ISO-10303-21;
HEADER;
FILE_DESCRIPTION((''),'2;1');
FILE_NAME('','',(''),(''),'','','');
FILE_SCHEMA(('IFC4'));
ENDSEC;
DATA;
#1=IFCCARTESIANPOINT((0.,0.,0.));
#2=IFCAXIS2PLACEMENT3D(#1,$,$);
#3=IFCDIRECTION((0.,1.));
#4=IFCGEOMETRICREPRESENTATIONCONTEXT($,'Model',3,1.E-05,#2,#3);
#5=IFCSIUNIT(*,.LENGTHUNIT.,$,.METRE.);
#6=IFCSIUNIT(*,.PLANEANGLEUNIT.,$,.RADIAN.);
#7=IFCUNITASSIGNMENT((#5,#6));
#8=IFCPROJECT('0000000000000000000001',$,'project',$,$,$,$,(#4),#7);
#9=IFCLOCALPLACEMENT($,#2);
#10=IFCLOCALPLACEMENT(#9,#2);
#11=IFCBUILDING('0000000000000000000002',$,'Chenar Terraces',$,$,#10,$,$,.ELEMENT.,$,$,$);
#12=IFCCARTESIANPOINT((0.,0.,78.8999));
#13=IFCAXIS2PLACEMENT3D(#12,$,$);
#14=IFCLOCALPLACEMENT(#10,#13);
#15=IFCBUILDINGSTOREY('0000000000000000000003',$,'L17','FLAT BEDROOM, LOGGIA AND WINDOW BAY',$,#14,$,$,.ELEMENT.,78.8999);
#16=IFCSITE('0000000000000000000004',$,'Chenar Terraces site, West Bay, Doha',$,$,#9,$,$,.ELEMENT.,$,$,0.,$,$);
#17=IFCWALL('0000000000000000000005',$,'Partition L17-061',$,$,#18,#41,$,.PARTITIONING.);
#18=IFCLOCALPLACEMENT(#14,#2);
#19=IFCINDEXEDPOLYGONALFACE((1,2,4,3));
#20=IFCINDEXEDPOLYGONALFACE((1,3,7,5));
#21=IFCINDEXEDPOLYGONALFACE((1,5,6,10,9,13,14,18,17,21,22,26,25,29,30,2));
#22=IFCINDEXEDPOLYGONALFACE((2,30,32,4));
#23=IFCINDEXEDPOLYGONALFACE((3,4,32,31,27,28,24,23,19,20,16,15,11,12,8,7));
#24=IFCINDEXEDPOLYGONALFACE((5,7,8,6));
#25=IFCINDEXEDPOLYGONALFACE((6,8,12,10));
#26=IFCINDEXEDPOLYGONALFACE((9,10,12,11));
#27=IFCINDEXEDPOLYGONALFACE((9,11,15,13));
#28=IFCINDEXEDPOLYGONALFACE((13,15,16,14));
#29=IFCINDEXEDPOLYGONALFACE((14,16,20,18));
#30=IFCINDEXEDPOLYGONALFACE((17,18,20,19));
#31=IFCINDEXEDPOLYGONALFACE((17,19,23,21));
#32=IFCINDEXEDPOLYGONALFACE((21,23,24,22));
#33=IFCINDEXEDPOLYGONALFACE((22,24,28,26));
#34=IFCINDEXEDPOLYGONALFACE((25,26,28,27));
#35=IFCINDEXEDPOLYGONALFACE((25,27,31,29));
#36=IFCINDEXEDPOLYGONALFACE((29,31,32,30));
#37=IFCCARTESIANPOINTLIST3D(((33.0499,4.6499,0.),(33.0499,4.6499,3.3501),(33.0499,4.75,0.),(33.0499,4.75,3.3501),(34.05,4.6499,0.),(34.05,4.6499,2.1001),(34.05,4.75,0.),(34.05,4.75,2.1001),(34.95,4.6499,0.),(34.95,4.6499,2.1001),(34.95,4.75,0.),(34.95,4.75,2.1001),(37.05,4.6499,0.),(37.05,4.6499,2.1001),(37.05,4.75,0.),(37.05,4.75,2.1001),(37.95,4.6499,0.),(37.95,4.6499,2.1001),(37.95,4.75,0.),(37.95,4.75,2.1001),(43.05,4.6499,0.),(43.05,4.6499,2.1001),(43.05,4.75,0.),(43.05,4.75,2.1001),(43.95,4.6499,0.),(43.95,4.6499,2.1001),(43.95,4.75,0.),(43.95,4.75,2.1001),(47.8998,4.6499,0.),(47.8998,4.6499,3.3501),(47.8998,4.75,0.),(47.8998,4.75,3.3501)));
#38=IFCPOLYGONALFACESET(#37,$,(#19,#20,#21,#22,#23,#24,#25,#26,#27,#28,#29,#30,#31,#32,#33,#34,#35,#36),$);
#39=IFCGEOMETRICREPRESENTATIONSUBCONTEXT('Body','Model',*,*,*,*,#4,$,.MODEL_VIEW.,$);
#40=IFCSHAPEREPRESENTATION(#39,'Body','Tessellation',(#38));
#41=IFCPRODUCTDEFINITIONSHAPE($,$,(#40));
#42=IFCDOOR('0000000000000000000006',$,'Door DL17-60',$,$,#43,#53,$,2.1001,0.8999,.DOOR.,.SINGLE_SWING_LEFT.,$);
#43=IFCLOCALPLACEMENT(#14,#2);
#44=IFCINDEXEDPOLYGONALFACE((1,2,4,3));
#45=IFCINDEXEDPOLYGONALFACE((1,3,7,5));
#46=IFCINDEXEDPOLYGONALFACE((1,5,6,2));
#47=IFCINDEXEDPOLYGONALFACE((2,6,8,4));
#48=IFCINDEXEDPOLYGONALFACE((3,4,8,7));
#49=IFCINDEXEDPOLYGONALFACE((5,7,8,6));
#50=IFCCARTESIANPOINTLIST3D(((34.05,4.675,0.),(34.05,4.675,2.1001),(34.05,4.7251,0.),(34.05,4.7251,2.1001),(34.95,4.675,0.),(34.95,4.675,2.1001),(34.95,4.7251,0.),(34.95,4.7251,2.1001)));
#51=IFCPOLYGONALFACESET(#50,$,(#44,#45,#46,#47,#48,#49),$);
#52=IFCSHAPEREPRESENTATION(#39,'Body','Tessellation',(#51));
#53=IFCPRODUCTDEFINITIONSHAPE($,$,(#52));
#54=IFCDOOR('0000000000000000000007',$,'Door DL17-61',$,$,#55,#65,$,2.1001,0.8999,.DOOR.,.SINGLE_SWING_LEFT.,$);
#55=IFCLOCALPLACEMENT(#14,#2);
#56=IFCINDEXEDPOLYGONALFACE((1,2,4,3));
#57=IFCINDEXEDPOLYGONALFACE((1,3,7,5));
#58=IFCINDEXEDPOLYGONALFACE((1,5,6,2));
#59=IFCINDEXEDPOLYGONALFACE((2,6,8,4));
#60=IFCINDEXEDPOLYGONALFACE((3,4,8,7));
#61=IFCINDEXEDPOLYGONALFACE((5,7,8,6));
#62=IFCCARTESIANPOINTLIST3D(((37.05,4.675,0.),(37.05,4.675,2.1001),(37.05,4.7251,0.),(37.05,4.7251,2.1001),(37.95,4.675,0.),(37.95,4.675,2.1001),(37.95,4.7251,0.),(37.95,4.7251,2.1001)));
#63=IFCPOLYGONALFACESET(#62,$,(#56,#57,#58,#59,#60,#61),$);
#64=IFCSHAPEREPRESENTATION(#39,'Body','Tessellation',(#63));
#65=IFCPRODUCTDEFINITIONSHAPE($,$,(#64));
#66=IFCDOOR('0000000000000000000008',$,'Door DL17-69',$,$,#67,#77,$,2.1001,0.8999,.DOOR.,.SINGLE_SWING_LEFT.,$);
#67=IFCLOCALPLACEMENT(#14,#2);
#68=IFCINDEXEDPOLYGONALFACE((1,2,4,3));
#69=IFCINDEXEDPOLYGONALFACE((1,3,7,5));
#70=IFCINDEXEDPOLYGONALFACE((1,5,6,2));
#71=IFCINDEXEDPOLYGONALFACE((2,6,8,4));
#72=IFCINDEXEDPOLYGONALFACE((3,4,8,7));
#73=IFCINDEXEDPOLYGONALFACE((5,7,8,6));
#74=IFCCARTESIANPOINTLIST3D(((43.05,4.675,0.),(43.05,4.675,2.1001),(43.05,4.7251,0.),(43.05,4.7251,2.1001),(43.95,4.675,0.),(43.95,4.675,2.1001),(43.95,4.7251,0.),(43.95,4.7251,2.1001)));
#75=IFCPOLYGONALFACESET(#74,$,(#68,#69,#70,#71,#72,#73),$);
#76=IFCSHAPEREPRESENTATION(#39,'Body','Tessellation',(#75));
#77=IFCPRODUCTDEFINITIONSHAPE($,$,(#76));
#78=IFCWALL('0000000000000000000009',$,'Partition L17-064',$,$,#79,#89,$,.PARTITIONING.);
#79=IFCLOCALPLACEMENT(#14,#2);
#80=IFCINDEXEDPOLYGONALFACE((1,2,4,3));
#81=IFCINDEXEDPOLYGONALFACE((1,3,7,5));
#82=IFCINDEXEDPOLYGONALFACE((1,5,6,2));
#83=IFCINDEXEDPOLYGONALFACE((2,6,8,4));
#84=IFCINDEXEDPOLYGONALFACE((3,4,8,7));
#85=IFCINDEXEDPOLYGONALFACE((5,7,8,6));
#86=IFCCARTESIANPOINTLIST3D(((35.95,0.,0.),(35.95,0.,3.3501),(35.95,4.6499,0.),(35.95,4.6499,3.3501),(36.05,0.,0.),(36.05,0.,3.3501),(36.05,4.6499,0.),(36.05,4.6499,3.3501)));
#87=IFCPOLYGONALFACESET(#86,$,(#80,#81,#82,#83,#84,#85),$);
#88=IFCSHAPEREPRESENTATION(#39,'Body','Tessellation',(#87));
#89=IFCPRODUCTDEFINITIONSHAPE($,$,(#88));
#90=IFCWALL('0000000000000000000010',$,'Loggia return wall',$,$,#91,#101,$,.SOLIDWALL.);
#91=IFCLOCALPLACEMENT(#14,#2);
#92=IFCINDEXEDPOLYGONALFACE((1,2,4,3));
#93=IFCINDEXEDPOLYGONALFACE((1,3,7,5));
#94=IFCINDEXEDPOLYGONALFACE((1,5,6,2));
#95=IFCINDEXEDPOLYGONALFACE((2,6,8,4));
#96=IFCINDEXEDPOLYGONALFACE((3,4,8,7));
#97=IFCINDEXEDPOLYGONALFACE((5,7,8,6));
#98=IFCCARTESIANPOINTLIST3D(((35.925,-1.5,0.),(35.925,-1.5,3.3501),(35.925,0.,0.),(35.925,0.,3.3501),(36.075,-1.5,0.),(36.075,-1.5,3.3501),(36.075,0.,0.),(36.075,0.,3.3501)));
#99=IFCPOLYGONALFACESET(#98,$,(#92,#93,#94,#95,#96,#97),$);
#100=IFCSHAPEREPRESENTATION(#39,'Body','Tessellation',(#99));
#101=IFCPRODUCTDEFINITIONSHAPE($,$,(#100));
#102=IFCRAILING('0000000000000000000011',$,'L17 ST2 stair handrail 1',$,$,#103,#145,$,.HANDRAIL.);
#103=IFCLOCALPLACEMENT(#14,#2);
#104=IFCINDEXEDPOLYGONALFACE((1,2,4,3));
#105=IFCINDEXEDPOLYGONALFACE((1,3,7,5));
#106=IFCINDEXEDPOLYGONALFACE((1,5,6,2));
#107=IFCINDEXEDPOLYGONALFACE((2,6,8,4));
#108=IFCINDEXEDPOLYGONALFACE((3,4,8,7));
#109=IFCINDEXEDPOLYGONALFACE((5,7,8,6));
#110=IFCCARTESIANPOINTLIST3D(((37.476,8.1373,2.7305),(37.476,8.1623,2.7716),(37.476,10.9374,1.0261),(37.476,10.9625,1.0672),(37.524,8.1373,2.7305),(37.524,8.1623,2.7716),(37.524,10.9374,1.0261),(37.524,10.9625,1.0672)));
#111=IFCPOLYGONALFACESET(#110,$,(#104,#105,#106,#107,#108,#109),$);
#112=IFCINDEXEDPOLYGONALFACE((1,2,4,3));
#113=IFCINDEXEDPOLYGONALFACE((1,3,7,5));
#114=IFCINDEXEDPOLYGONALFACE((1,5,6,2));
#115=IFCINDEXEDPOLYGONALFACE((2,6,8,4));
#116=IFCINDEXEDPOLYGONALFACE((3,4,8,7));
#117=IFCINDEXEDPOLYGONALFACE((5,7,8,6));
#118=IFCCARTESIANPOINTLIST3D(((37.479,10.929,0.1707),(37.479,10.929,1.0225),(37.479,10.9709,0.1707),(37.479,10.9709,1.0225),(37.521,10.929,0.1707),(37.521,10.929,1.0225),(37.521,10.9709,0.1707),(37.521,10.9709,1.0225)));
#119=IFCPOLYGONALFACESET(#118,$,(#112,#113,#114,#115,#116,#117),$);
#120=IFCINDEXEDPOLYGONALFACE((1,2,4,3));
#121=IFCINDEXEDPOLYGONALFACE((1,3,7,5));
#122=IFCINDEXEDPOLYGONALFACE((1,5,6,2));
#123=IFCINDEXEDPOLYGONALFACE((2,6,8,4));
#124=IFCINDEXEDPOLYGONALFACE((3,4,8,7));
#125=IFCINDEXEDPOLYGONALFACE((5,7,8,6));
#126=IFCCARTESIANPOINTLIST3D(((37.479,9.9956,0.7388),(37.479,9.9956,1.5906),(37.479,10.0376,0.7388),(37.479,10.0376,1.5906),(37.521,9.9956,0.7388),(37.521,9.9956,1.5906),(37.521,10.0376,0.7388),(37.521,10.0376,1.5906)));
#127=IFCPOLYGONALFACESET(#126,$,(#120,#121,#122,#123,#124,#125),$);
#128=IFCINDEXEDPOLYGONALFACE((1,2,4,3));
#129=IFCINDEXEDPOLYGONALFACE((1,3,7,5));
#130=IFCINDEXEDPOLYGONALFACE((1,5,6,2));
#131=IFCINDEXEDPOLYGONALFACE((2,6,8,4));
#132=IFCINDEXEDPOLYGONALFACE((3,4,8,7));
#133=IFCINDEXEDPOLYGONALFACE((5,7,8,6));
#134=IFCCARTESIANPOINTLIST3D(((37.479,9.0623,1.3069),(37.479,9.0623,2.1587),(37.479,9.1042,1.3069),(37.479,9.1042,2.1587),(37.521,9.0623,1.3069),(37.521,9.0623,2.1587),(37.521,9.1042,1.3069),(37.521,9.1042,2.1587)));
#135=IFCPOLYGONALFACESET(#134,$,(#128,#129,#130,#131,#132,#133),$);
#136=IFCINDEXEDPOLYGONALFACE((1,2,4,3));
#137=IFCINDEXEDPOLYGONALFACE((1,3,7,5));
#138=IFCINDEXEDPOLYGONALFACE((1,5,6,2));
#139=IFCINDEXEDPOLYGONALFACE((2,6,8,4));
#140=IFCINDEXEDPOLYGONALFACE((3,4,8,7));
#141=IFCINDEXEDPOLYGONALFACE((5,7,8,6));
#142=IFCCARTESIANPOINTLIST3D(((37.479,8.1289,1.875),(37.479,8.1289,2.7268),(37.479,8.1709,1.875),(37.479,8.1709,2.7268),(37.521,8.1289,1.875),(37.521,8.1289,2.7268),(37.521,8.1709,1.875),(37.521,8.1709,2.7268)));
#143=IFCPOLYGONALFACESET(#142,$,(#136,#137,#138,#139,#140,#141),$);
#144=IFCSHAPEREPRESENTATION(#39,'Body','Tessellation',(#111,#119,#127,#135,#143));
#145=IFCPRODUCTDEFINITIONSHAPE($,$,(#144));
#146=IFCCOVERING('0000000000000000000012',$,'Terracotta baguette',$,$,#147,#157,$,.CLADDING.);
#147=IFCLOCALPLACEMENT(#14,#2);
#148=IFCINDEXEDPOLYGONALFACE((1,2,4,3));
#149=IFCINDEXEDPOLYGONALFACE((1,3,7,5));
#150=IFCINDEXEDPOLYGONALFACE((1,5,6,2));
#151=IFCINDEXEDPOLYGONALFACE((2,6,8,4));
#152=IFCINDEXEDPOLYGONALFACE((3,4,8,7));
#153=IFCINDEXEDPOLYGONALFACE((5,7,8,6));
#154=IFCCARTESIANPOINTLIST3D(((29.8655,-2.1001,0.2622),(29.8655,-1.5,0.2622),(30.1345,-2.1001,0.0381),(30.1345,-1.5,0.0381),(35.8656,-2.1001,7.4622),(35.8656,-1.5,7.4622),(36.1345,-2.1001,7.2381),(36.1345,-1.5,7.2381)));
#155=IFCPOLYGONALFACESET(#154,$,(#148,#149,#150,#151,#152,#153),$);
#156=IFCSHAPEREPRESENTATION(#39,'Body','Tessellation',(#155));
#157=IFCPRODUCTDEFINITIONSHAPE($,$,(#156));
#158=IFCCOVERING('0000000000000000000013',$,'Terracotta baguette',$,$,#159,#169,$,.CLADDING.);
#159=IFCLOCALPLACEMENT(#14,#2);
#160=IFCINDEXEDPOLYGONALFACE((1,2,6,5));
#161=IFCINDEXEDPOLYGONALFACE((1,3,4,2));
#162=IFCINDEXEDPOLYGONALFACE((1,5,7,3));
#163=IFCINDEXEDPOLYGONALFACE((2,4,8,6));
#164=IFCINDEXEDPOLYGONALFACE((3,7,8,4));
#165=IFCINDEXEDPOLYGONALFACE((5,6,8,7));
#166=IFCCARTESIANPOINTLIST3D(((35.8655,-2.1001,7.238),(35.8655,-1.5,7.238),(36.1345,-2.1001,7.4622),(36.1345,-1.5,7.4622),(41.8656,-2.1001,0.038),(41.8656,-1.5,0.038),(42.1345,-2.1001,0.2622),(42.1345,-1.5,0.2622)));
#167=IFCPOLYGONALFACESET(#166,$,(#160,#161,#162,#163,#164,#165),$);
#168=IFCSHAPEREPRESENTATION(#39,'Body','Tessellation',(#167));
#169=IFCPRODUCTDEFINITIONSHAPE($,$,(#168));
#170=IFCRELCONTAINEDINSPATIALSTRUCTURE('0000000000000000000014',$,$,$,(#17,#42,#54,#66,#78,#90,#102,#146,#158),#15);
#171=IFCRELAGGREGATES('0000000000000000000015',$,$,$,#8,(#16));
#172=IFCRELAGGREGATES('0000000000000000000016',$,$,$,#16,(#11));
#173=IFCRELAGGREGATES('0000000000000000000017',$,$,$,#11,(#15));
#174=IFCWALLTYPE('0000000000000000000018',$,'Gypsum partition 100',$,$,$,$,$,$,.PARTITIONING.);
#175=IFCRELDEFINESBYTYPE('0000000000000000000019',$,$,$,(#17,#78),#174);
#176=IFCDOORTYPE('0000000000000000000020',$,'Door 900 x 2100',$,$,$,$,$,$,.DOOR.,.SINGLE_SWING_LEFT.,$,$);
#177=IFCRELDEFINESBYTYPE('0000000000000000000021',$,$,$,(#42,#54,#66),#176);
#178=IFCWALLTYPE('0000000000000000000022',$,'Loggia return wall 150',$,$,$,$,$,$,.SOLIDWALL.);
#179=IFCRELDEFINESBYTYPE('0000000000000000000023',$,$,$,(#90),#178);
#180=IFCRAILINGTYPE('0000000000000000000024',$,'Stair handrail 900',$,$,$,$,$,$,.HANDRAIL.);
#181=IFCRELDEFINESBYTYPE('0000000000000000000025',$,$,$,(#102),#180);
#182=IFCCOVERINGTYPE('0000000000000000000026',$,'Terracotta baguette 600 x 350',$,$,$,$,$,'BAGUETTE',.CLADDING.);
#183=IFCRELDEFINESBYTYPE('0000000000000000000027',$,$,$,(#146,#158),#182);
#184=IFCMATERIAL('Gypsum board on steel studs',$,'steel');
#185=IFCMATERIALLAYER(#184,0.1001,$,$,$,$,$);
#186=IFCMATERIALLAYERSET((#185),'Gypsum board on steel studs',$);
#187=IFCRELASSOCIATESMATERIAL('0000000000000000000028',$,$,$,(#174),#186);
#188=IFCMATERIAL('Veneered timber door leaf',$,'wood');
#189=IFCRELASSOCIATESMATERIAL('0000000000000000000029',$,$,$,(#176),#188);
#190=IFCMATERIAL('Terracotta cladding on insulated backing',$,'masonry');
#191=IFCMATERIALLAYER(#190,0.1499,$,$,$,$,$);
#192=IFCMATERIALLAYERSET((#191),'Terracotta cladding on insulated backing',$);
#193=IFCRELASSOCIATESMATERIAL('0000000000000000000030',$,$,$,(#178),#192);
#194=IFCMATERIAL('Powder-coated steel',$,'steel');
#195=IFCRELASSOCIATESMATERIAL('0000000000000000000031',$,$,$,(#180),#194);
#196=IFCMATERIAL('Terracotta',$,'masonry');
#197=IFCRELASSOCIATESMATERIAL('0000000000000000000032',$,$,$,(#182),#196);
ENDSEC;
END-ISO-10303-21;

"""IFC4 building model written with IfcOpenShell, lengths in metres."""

from ifc_helpers import new_model, si_unit, direction, frame, frame_2d, origin, origin_2d, place, context, subcontext, project, spatial, rectangle, extrude, material, layer, layer_set, material_profile, profile_set, type_object, element, fill, save


model = new_model("IFC4")

# Units and contexts
model_context = context("Model", 3, precision=1e-05, world=origin(), true_north=direction((0.0, 1.0)))
body_context = subcontext(model_context, "Body", "Model", "MODEL_VIEW")
ifc_project = project(units=[si_unit("LENGTHUNIT", "METRE"), si_unit("PLANEANGLEUNIT", "RADIAN")], contexts=[model_context])

# Site, building, storey
site_placement = place(None, origin())
site = spatial("IfcSite", under=ifc_project, at=site_placement, Name="Chenar Terraces site, West Bay, Doha", CompositionType="ELEMENT", RefElevation=0.0)
building_placement = place(site_placement, origin())
building = spatial("IfcBuilding", under=site, at=building_placement, Name="Chenar Terraces", CompositionType="ELEMENT")
storey_placement = place(building_placement, frame((0.0, 0.0, 78.8999)))
storey = spatial("IfcBuildingStorey", under=building, at=storey_placement, Name="L17", Description="FLAT BEDROOM, LOGGIA AND WINDOW BAY", CompositionType="ELEMENT", Elevation=78.8999)

# Shared definitions
ifc_material_1 = material(Name="Gypsum board on steel studs", Category="steel")
ifc_layer_1 = layer(ifc_material_1, 0.1001)
ifc_layer_set_1 = layer_set([ifc_layer_1], Name="Gypsum board on steel studs")
wall_type_1 = type_object("IfcWallType", Name="Gypsum partition 100", PredefinedType="PARTITIONING", material=ifc_layer_set_1)

# Shared definitions
ifc_material_2 = material(Name="Veneered timber door leaf", Category="wood")
door_type_1 = type_object("IfcDoorType", Name="Door 900 x 2100", OperationType="SINGLE_SWING_LEFT", PredefinedType="DOOR", material=ifc_material_2)

# Wall, openings, doors
wall_1_placement = place(storey_placement, frame((33.05, 4.7, 0.0), z_axis=(0.0, 0.0, 1.0), x_axis=(1.0, 0.0, 0.0)))
wall_1 = element("IfcWall", 1, at=wall_1_placement, inside=storey, type_object=wall_type_1, Name="Partition L17-061", PredefinedType="PARTITIONING", context=body_context, shape_type="SweptSolid", body=[
    extrude(rectangle(XDim=14.8499, YDim=0.1001, at=frame_2d((7.4248, 0.0))), origin(), (0.0, 0.0, 1.0), 3.3501),
])
opening_1_placement = place(wall_1_placement, frame((1.0, 0.0, 0.0)))
opening_1 = element("IfcOpeningElement", 2, at=opening_1_placement, cuts=wall_1, PredefinedType="OPENING", context=body_context, shape_type="SweptSolid", body=[
    extrude(rectangle(XDim=0.8999, YDim=2.1001, at=frame_2d((0.45, 1.05))), frame((0.0, 0.0601, 0.0), z_axis=(0.0, -1.0, 0.0), x_axis=(1.0, 0.0, 0.0)), (0.0, 0.0, 1.0), 0.1201),
])
opening_2_placement = place(wall_1_placement, frame((4.0, 0.0, 0.0)))
opening_2 = element("IfcOpeningElement", 3, at=opening_2_placement, cuts=wall_1, PredefinedType="OPENING", context=body_context, shape_type="SweptSolid", body=[
    extrude(rectangle(XDim=0.8999, YDim=2.1001, at=frame_2d((0.45, 1.05))), frame((0.0, 0.0601, 0.0), z_axis=(0.0, -1.0, 0.0), x_axis=(1.0, 0.0, 0.0)), (0.0, 0.0, 1.0), 0.1201),
])
opening_3_placement = place(wall_1_placement, frame((10.0, 0.0, 0.0)))
opening_3 = element("IfcOpeningElement", 4, at=opening_3_placement, cuts=wall_1, PredefinedType="OPENING", context=body_context, shape_type="SweptSolid", body=[
    extrude(rectangle(XDim=0.8999, YDim=2.1001, at=frame_2d((0.45, 1.05))), frame((0.0, 0.0601, 0.0), z_axis=(0.0, -1.0, 0.0), x_axis=(1.0, 0.0, 0.0)), (0.0, 0.0, 1.0), 0.1201),
])
door_1_placement = place(opening_1_placement, frame((0.8999, 0.0, 0.0), z_axis=(0.0, 0.0, 1.0), x_axis=(-1.0, 0.0, 0.0)))
door_1 = element("IfcDoor", 5, at=door_1_placement, inside=storey, type_object=door_type_1, Name="Door DL17-60", OperationType="SINGLE_SWING_LEFT", OverallHeight=2.1001, OverallWidth=0.8999, PredefinedType="DOOR", context=body_context, shape_type="SweptSolid", body=[
    extrude(rectangle(XDim=0.8999, YDim=2.1001, at=frame_2d((0.45, 1.05))), frame((0.0, 0.0249, 0.0), z_axis=(0.0, -1.0, 0.0), x_axis=(1.0, 0.0, 0.0)), (0.0, 0.0, 1.0), 0.05),
])
fill(opening_1, door_1)
door_2_placement = place(opening_2_placement, frame((0.8999, 0.0, 0.0), z_axis=(0.0, 0.0, 1.0), x_axis=(-1.0, 0.0, 0.0)))
door_2 = element("IfcDoor", 6, at=door_2_placement, inside=storey, type_object=door_type_1, Name="Door DL17-61", OperationType="SINGLE_SWING_LEFT", OverallHeight=2.1001, OverallWidth=0.8999, PredefinedType="DOOR", context=body_context, shape_type="SweptSolid", body=[
    extrude(rectangle(XDim=0.8999, YDim=2.1001, at=frame_2d((0.45, 1.05))), frame((0.0, 0.0249, 0.0), z_axis=(0.0, -1.0, 0.0), x_axis=(1.0, 0.0, 0.0)), (0.0, 0.0, 1.0), 0.05),
])
fill(opening_2, door_2)
door_3_placement = place(opening_3_placement, frame((0.8999, 0.0, 0.0), z_axis=(0.0, 0.0, 1.0), x_axis=(-1.0, 0.0, 0.0)))
door_3 = element("IfcDoor", 7, at=door_3_placement, inside=storey, type_object=door_type_1, Name="Door DL17-69", OperationType="SINGLE_SWING_LEFT", OverallHeight=2.1001, OverallWidth=0.8999, PredefinedType="DOOR", context=body_context, shape_type="SweptSolid", body=[
    extrude(rectangle(XDim=0.8999, YDim=2.1001, at=frame_2d((0.45, 1.05))), frame((0.0, 0.0249, 0.0), z_axis=(0.0, -1.0, 0.0), x_axis=(1.0, 0.0, 0.0)), (0.0, 0.0, 1.0), 0.05),
])
fill(opening_3, door_3)

# Walls
wall_2_placement = place(storey_placement, frame((36.0, 0.0, 0.0), z_axis=(0.0, 0.0, 1.0), x_axis=(0.0, 1.0, 0.0)))
element("IfcWall", 8, at=wall_2_placement, inside=storey, type_object=wall_type_1, Name="Partition L17-064", PredefinedType="PARTITIONING", context=body_context, shape_type="SweptSolid", body=[
    extrude(rectangle(XDim=4.6499, YDim=0.1001, at=frame_2d((2.325, 0.0))), origin(), (0.0, 0.0, 1.0), 3.3501),
])
ifc_material_3 = material(Name="Terracotta cladding on insulated backing", Category="masonry")
ifc_layer_2 = layer(ifc_material_3, 0.1499)
ifc_layer_set_2 = layer_set([ifc_layer_2], Name="Terracotta cladding on insulated backing")
wall_type_2 = type_object("IfcWallType", Name="Loggia return wall 150", PredefinedType="SOLIDWALL", material=ifc_layer_set_2)
wall_3_placement = place(storey_placement, frame((36.0, -1.5, 0.0), z_axis=(0.0, 0.0, 1.0), x_axis=(0.0, 1.0, 0.0)))
element("IfcWall", 9, at=wall_3_placement, inside=storey, type_object=wall_type_2, Name="Loggia return wall", PredefinedType="SOLIDWALL", context=body_context, shape_type="SweptSolid", body=[
    extrude(rectangle(XDim=1.5, YDim=0.1499, at=frame_2d((0.75, 0.0))), origin(), (0.0, 0.0, 1.0), 3.3501),
])

# Railing
ifc_material_4 = material(Name="Powder-coated steel", Category="steel")
railing_type = type_object("IfcRailingType", Name="Stair handrail 900", PredefinedType="HANDRAIL", material=ifc_material_4)
railing_placement = place(storey_placement, frame((37.5, 10.95, 0.1707)))
element("IfcRailing", 10, at=railing_placement, inside=storey, type_object=railing_type, Name="L17 ST2 stair handrail 1", PredefinedType="HANDRAIL", context=body_context, shape_type="SweptSolid", body=[
    extrude(rectangle(XDim=0.0481, YDim=0.0481, at=origin_2d()), frame((0.0, 0.0, 0.876), z_axis=(0.0, -0.854203, 0.51994), x_axis=(1.0, 0.0, 0.0)), (0.0, 0.0, 1.0), 3.2781),
    extrude(rectangle(XDim=0.042, YDim=0.042, at=origin_2d()), origin(), (0.0, 0.0, 1.0), 0.8518),
    extrude(rectangle(XDim=0.042, YDim=0.042, at=origin_2d()), frame((0.0, -0.9333, 0.5681)), (0.0, 0.0, 1.0), 0.8518),
    extrude(rectangle(XDim=0.042, YDim=0.042, at=origin_2d()), frame((0.0, -1.8667, 1.1362)), (0.0, 0.0, 1.0), 0.8518),
    extrude(rectangle(XDim=0.042, YDim=0.042, at=origin_2d()), frame((0.0, -2.8, 1.7043)), (0.0, 0.0, 1.0), 0.8518),
])

# Coverings
ifc_material_5 = material(Name="Terracotta", Category="masonry")
ifc_material_profile_1 = material_profile(ifc_material_5, rectangle(XDim=0.6001, YDim=0.3501, at=origin_2d()), Name="Terracotta baguette 600 x 350")
ifc_profile_set_1 = profile_set([ifc_material_profile_1], Name="Terracotta")
covering_type = type_object("IfcCoveringType", Name="Terracotta baguette 600 x 350", ElementType="BAGUETTE", PredefinedType="CLADDING", material=ifc_profile_set_1)
for number, where, z_axis, x_axis, name in (
    (11, (30.0, -1.8, 0.1501), (0.640187, 0.0, 0.768219), (0.0, 1.0, 0.0), "Terracotta baguette"),
    (12, (36.0, -1.8, 7.3501), (0.640187, 0.0, -0.768219), (0.0, 1.0, 0.0), "Terracotta baguette"),
):
    element("IfcCovering", number, at=place(storey_placement, frame(where, z_axis=z_axis, x_axis=x_axis)), inside=storey, type_object=covering_type, Name=name, PredefinedType="CLADDING", context=body_context, shape_type="SweptSolid", body=[
        extrude(rectangle(XDim=0.6001, YDim=0.3501, at=origin_2d()), origin(), (0.0, 0.0, 1.0), 9.3723),
    ])

save(model, "model.ifc")
